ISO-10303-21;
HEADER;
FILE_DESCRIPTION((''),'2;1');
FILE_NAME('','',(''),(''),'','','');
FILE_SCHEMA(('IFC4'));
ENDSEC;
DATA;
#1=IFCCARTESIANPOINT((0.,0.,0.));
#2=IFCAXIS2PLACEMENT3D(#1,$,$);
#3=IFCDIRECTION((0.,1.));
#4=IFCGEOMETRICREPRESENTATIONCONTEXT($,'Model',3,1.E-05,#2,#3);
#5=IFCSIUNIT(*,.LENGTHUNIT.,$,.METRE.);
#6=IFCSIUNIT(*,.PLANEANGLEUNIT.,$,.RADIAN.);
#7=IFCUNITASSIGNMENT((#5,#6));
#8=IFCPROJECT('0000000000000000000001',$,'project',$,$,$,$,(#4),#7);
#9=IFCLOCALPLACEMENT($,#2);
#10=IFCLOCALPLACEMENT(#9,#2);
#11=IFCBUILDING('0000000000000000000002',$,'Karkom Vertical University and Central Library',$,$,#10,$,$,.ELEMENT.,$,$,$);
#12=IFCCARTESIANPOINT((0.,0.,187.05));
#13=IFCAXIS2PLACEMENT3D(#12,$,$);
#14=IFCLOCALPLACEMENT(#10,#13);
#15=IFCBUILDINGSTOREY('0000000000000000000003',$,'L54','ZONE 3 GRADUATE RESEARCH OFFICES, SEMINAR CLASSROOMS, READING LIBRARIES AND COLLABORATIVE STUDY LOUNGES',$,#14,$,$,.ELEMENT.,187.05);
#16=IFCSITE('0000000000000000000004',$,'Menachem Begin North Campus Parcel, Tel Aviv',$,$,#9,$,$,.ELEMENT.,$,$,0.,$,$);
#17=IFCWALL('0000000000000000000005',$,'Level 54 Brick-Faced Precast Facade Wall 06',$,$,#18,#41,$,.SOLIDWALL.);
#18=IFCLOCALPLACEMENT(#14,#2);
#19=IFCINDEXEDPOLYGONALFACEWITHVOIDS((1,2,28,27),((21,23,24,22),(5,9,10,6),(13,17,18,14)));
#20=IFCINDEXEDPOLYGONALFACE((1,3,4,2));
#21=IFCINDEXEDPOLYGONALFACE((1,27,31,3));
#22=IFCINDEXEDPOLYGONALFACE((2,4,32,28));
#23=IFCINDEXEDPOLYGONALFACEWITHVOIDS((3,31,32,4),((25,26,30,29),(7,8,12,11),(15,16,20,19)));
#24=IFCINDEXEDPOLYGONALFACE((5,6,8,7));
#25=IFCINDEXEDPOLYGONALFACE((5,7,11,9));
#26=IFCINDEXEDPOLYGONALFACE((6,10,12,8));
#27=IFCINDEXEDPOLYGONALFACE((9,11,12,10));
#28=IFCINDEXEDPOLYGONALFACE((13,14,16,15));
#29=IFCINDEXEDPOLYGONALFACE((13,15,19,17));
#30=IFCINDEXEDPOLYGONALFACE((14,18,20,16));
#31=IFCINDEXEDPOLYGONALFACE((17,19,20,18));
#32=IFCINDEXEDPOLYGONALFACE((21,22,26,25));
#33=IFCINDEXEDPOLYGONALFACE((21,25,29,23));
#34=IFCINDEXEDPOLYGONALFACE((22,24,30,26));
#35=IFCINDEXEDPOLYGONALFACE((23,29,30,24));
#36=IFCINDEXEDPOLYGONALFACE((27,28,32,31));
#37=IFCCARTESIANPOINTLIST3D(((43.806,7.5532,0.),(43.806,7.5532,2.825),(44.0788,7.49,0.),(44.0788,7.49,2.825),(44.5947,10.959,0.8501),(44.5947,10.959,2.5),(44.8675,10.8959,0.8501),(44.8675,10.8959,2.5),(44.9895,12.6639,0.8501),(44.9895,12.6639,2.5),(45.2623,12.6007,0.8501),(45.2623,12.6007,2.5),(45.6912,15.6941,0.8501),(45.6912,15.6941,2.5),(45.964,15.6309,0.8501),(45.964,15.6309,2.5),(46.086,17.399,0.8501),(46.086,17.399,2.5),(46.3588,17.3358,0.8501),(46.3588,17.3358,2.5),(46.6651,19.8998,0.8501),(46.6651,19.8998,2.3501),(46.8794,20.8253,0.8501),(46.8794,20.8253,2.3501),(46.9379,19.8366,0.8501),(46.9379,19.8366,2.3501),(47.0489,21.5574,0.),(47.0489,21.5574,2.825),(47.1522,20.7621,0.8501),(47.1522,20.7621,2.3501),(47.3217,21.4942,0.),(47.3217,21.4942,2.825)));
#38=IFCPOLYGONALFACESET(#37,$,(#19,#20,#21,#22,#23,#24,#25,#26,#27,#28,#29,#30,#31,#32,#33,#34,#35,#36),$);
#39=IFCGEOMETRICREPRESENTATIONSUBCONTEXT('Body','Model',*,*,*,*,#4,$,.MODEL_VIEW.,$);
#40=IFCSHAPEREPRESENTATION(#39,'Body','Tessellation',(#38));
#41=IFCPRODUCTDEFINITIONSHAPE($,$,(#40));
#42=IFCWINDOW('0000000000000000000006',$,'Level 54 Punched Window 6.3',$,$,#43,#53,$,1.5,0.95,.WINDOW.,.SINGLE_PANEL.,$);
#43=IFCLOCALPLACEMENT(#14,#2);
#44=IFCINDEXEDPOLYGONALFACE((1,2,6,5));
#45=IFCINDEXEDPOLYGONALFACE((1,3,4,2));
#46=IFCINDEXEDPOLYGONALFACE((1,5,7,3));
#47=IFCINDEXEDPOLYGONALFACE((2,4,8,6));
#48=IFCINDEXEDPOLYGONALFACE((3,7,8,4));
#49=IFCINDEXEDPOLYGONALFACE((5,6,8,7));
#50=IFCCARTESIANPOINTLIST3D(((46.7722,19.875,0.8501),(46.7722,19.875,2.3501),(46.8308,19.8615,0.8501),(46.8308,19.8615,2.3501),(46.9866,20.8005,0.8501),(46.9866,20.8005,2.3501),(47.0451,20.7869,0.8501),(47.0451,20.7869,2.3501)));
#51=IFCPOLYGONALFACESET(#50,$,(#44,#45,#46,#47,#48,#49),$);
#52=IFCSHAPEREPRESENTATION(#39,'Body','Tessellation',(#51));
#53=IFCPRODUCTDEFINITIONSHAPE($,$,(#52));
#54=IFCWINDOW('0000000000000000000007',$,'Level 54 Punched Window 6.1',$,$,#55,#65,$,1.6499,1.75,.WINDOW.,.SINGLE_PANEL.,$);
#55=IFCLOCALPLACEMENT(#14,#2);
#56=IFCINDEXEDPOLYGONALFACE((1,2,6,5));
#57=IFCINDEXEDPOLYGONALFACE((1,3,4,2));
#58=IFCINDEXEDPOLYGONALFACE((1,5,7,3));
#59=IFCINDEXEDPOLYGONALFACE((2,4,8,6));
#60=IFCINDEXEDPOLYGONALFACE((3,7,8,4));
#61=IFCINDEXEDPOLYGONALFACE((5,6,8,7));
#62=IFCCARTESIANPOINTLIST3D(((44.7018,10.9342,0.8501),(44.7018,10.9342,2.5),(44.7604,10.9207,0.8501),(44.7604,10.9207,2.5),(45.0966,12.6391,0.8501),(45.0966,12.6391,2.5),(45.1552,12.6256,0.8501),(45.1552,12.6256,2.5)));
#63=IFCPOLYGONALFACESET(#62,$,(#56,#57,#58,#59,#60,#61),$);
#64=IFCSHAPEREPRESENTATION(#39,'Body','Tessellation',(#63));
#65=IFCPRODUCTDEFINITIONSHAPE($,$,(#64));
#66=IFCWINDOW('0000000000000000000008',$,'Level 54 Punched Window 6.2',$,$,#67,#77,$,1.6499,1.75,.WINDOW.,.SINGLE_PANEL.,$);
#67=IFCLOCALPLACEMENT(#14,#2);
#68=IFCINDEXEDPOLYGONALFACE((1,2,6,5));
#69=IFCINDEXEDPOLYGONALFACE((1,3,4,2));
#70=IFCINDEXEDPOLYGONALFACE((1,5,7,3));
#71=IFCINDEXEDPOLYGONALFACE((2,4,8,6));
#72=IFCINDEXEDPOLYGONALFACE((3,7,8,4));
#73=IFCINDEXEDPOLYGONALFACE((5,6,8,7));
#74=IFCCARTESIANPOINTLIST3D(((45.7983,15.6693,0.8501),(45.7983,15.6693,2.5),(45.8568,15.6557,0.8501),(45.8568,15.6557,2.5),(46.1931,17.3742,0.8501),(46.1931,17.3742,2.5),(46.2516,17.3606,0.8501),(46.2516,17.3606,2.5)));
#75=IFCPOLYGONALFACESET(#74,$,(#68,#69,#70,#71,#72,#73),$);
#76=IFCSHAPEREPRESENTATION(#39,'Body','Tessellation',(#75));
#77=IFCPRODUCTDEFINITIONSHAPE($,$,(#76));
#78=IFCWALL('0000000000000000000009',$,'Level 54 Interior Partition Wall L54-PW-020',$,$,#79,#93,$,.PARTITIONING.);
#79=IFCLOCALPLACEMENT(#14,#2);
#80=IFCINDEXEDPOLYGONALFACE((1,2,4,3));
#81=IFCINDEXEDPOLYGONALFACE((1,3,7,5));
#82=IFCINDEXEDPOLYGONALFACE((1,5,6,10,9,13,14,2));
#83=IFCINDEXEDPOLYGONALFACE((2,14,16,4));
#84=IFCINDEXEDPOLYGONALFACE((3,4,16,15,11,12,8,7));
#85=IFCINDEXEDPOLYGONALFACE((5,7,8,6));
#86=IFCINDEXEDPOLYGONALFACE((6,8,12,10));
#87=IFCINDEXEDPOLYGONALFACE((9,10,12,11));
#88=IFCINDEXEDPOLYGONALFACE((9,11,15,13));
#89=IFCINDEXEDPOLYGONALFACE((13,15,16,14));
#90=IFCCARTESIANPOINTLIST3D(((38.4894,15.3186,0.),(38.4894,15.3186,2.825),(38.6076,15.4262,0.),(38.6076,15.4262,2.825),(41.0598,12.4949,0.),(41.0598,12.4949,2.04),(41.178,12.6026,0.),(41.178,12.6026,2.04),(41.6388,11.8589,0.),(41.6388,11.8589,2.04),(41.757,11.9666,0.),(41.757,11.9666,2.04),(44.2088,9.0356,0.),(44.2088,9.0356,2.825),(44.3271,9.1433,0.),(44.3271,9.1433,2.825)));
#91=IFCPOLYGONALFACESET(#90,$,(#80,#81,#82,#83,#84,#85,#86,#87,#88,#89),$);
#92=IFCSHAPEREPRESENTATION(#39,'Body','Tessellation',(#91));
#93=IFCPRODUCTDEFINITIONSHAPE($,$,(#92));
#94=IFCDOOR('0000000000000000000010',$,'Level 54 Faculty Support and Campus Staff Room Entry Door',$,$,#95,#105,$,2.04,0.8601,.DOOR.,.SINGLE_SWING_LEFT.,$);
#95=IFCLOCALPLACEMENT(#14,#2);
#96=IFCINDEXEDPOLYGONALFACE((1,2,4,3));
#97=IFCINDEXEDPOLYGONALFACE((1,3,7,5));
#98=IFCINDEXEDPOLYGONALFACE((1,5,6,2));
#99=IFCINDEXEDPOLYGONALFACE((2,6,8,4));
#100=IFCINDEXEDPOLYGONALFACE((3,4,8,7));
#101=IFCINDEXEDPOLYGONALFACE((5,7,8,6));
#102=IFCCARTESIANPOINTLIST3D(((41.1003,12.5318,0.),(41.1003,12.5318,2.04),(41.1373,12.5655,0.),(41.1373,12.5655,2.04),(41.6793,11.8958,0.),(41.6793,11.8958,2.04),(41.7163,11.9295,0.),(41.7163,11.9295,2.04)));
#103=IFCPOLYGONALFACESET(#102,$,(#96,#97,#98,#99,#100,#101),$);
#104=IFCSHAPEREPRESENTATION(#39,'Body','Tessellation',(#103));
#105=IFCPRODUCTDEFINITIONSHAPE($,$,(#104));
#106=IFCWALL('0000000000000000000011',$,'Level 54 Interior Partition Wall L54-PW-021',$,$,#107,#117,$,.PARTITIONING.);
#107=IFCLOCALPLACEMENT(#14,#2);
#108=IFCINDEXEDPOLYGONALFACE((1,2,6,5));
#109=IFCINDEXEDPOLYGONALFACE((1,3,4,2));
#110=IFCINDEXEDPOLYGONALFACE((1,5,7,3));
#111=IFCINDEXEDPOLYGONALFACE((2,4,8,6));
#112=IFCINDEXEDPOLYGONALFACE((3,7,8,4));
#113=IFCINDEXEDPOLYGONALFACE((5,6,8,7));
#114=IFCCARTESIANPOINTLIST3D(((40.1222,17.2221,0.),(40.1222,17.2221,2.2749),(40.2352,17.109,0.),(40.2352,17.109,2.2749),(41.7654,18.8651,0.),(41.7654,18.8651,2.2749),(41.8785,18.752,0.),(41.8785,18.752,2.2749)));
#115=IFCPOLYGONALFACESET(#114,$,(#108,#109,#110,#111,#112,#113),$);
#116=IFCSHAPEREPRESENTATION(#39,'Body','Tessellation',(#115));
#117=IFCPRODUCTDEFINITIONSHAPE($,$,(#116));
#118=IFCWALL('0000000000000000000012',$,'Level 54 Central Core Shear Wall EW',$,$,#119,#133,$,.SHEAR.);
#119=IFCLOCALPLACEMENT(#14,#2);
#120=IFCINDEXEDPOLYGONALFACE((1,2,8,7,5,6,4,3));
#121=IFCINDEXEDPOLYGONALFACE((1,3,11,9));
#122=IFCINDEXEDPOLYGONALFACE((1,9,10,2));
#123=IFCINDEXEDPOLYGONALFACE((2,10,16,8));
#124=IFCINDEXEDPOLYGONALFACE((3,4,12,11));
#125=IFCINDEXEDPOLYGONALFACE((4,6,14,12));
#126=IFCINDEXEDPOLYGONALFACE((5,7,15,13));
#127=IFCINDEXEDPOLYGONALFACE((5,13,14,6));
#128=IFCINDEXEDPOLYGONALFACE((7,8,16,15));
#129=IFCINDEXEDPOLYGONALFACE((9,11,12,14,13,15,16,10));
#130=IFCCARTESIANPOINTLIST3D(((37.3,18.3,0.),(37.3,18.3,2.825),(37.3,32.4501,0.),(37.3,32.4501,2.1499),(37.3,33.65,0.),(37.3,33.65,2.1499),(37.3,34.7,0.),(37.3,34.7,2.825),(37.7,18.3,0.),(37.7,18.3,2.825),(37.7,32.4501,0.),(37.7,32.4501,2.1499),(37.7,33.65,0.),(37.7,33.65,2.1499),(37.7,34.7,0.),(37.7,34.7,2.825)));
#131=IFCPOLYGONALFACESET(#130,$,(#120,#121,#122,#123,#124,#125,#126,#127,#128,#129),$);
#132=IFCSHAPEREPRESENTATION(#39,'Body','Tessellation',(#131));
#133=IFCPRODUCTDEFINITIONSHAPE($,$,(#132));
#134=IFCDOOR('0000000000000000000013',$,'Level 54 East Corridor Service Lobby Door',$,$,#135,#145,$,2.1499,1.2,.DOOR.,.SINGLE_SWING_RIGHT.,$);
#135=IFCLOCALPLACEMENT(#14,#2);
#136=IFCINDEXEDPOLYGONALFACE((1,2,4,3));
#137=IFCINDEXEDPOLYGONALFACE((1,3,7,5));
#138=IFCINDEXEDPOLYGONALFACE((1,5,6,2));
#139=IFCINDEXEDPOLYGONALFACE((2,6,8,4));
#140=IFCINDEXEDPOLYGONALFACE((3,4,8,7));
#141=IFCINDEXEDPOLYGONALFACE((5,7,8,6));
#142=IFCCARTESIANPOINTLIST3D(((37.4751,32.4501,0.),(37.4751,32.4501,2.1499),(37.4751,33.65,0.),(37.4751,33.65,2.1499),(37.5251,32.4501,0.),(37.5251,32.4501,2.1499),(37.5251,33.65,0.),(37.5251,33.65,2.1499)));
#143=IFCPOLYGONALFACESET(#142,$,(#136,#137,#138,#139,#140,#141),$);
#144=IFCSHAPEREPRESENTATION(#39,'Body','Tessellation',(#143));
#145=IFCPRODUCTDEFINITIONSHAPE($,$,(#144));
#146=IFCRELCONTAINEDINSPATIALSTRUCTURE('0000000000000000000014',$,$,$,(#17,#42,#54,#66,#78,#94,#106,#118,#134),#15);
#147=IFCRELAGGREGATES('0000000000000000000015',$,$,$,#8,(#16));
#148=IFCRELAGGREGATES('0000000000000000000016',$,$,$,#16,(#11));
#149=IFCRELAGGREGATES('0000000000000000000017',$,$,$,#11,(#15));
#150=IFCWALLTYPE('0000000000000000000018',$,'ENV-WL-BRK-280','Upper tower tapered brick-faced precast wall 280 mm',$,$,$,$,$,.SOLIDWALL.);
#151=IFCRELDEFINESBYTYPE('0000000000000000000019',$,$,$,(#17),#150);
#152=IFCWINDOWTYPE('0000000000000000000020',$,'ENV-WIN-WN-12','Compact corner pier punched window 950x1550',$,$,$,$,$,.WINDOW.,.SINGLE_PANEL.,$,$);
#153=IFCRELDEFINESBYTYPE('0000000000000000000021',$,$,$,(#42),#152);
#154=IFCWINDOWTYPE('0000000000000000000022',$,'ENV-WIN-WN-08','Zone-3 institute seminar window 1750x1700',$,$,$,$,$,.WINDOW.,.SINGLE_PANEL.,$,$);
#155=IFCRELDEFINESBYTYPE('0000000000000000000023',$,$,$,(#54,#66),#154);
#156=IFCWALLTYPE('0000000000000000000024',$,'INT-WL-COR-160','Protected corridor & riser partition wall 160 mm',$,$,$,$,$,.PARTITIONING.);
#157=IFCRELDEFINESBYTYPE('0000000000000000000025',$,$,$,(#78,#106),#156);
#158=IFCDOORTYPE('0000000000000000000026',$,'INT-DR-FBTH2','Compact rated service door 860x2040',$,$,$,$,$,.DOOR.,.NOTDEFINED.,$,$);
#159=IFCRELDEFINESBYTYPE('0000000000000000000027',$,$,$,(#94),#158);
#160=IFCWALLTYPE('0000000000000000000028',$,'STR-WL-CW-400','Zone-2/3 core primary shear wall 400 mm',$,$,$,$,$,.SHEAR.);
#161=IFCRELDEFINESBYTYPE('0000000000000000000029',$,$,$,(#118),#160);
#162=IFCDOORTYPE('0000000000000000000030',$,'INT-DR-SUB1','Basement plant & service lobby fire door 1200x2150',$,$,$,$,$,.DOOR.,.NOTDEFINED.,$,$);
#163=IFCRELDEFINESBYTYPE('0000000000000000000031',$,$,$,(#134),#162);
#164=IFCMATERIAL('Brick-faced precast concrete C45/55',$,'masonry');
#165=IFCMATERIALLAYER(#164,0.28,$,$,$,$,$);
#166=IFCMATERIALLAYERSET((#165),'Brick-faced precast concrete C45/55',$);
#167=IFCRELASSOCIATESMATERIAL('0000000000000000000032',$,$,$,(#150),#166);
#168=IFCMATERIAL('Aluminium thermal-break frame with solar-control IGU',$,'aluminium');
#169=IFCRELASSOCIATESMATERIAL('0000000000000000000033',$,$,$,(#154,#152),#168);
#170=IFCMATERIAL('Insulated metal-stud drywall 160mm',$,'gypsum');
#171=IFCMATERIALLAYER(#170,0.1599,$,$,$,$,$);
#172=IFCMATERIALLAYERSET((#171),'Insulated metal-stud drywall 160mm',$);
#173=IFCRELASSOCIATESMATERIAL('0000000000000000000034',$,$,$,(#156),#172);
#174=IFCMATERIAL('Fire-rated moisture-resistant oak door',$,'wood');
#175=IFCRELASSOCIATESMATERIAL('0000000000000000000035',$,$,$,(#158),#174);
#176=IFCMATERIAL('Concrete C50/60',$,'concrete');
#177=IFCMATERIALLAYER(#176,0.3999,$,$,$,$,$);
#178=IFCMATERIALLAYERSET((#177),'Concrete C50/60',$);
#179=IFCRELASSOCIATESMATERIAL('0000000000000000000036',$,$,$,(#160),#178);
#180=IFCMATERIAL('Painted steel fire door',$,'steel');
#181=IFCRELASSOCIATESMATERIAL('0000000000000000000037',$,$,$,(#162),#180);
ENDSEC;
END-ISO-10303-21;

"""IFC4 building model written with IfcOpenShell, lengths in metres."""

from ifc_helpers import new_model, si_unit, direction, frame, frame_2d, origin, origin_with_axes, place, context, subcontext, project, spatial, rectangle, extrude, source, transform, mapped, material, layer, layer_set, type_object, element, fill, save


model = new_model("IFC4")

# Units and contexts
model_context = context("Model", 3, precision=1e-05, world=origin(), true_north=direction((0.0, 1.0)))
body_context = subcontext(model_context, "Body", "Model", "MODEL_VIEW")
ifc_project = project(units=[si_unit("LENGTHUNIT", "METRE"), si_unit("PLANEANGLEUNIT", "RADIAN")], contexts=[model_context])

# Site, building, storey
site_placement = place(None, origin())
site = spatial("IfcSite", under=ifc_project, at=site_placement, Name="Menachem Begin North Campus Parcel, Tel Aviv", CompositionType="ELEMENT", RefElevation=0.0)
building_placement = place(site_placement, origin())
building = spatial("IfcBuilding", under=site, at=building_placement, Name="Karkom Vertical University and Central Library", CompositionType="ELEMENT")
storey_placement = place(building_placement, frame((0.0, 0.0, 187.05)))
storey = spatial("IfcBuildingStorey", under=building, at=storey_placement, Name="L54", Description="ZONE 3 GRADUATE RESEARCH OFFICES, SEMINAR CLASSROOMS, READING LIBRARIES AND COLLABORATIVE STUDY LOUNGES", CompositionType="ELEMENT", Elevation=187.05)

# Shared definitions
ifc_material_1 = material(Name="Concrete C50/60", Category="concrete")

# Wall, openings, windows
ifc_material_2 = material(Name="Brick-faced precast concrete C45/55", Category="masonry")
ifc_layer_1 = layer(ifc_material_2, 0.28)
ifc_layer_set_1 = layer_set([ifc_layer_1], Name="Brick-faced precast concrete C45/55")
wall_type_1 = type_object("IfcWallType", Name="ENV-WL-BRK-280", Description="Upper tower tapered brick-faced precast wall 280 mm", PredefinedType="SOLIDWALL", material=ifc_layer_set_1)
ifc_material_3 = material(Name="Aluminium thermal-break frame with solar-control IGU", Category="aluminium")
window_type_1 = type_object("IfcWindowType", Name="ENV-WIN-WN-08", Description="Zone-3 institute seminar window 1750x1700", PartitioningType="SINGLE_PANEL", PredefinedType="WINDOW", material=ifc_material_3)
shared_shape_1 = source(origin_with_axes(), body_context, "Body", "SweptSolid", [
    extrude(rectangle(XDim=1.75, YDim=1.6499, at=frame_2d((0.875, 0.825))), frame((0.0, 0.03, 0.0), z_axis=(0.0, -1.0, 0.0), x_axis=(1.0, 0.0, 0.0)), (0.0, 0.0, 1.0), 0.0601),
])
wall_1_placement = place(storey_placement, frame((43.9424, 7.5215, 0.0), z_axis=(0.0, 0.0, 1.0), x_axis=(0.225599, 0.97422, 0.0)))
wall_1 = element("IfcWall", 1, at=wall_1_placement, inside=storey, type_object=wall_type_1, Name="Level 54 Brick-Faced Precast Facade Wall 06", PredefinedType="SOLIDWALL", context=body_context, shape_type="SweptSolid", body=[
    extrude(rectangle(XDim=14.3748, YDim=0.28, at=frame_2d((7.1875, 0.0))), origin(), (0.0, 0.0, 1.0), 2.825),
])
opening_1_placement = place(wall_1_placement, frame((3.4961, 0.0, 0.8501)))
opening_1 = element("IfcOpeningElement", 2, at=opening_1_placement, cuts=wall_1, PredefinedType="OPENING", context=body_context, shape_type="SweptSolid", body=[
    extrude(rectangle(XDim=1.75, YDim=1.6499, at=frame_2d((0.875, 0.825))), frame((0.0, 0.1499, 0.0), z_axis=(0.0, -1.0, 0.0), x_axis=(1.0, 0.0, 0.0)), (0.0, 0.0, 1.0), 0.3),
])
opening_2_placement = place(wall_1_placement, frame((8.3564, 0.0, 0.8501)))
opening_2 = element("IfcOpeningElement", 3, at=opening_2_placement, cuts=wall_1, PredefinedType="OPENING", context=body_context, shape_type="SweptSolid", body=[
    extrude(rectangle(XDim=1.75, YDim=1.6499, at=frame_2d((0.875, 0.825))), frame((0.0, 0.1499, 0.0), z_axis=(0.0, -1.0, 0.0), x_axis=(1.0, 0.0, 0.0)), (0.0, 0.0, 1.0), 0.3),
])
opening_3_placement = place(wall_1_placement, frame((12.6733, 0.0, 0.8501)))
opening_3 = element("IfcOpeningElement", 4, at=opening_3_placement, cuts=wall_1, PredefinedType="OPENING", context=body_context, shape_type="SweptSolid", body=[
    extrude(rectangle(XDim=0.95, YDim=1.5, at=frame_2d((0.4751, 0.75))), frame((0.0, 0.1499, 0.0), z_axis=(0.0, -1.0, 0.0), x_axis=(1.0, 0.0, 0.0)), (0.0, 0.0, 1.0), 0.3),
])
window_type_2 = type_object("IfcWindowType", Name="ENV-WIN-WN-12", Description="Compact corner pier punched window 950x1550", PartitioningType="SINGLE_PANEL", PredefinedType="WINDOW", material=ifc_material_3)
shared_shape_2 = source(origin_with_axes(), body_context, "Body", "SweptSolid", [
    extrude(rectangle(XDim=0.95, YDim=1.5, at=frame_2d((0.4751, 0.75))), frame((0.0, 0.03, 0.0), z_axis=(0.0, -1.0, 0.0), x_axis=(1.0, 0.0, 0.0)), (0.0, 0.0, 1.0), 0.0601),
])
window_1_placement = place(opening_3_placement, origin())
window_1 = element("IfcWindow", 5, at=window_1_placement, inside=storey, type_object=window_type_2, Name="Level 54 Punched Window 6.3", OverallHeight=1.5, OverallWidth=0.95, PartitioningType="SINGLE_PANEL", PredefinedType="WINDOW", context=body_context, shape_type="MappedRepresentation", body=[
    mapped(shared_shape_2, transform((0.0, 0.0, 0.0), scale=1.0)),
])
fill(opening_3, window_1)
window_2_placement = place(opening_1_placement, origin())
window_2 = element("IfcWindow", 6, at=window_2_placement, inside=storey, type_object=window_type_1, Name="Level 54 Punched Window 6.1", OverallHeight=1.6499, OverallWidth=1.75, PartitioningType="SINGLE_PANEL", PredefinedType="WINDOW", context=body_context, shape_type="MappedRepresentation", body=[
    mapped(shared_shape_1, transform((0.0, 0.0, 0.0), scale=1.0)),
])
fill(opening_1, window_2)
window_3_placement = place(opening_2_placement, origin())
window_3 = element("IfcWindow", 7, at=window_3_placement, inside=storey, type_object=window_type_1, Name="Level 54 Punched Window 6.2", OverallHeight=1.6499, OverallWidth=1.75, PartitioningType="SINGLE_PANEL", PredefinedType="WINDOW", context=body_context, shape_type="MappedRepresentation", body=[
    mapped(shared_shape_1, transform((0.0, 0.0, 0.0), scale=1.0)),
])
fill(opening_2, window_3)

# Shared definitions
ifc_material_4 = material(Name="Insulated metal-stud drywall 160mm", Category="gypsum")
ifc_layer_2 = layer(ifc_material_4, 0.1599)
ifc_layer_set_2 = layer_set([ifc_layer_2], Name="Insulated metal-stud drywall 160mm")
wall_type_2 = type_object("IfcWallType", Name="INT-WL-COR-160", Description="Protected corridor & riser partition wall 160 mm", PredefinedType="PARTITIONING", material=ifc_layer_set_2)

# Wall, opening, door
wall_2_placement = place(storey_placement, frame((38.5486, 15.3723, 0.0), z_axis=(0.0, 0.0, 1.0), x_axis=(0.673169, -0.739489, 0.0)))
wall_2 = element("IfcWall", 8, at=wall_2_placement, inside=storey, type_object=wall_type_2, Name="Level 54 Interior Partition Wall L54-PW-020", PredefinedType="PARTITIONING", context=body_context, shape_type="SweptSolid", body=[
    extrude(rectangle(XDim=8.4963, YDim=0.1599, at=frame_2d((4.248, 0.0))), origin(), (0.0, 0.0, 1.0), 2.825),
])
opening_4_placement = place(wall_2_placement, frame((3.8181, 0.0, 0.0)))
opening_4 = element("IfcOpeningElement", 9, at=opening_4_placement, cuts=wall_2, PredefinedType="OPENING", context=body_context, shape_type="SweptSolid", body=[
    extrude(rectangle(XDim=0.8601, YDim=2.04, at=frame_2d((0.4302, 1.02))), frame((0.0, 0.0898, 0.0), z_axis=(0.0, -1.0, 0.0), x_axis=(1.0, 0.0, 0.0)), (0.0, 0.0, 1.0), 0.1799),
])
ifc_material_5 = material(Name="Fire-rated moisture-resistant oak door", Category="wood")
door_type_1 = type_object("IfcDoorType", Name="INT-DR-FBTH2", Description="Compact rated service door 860x2040", OperationType="NOTDEFINED", PredefinedType="DOOR", material=ifc_material_5)
shared_shape_3 = source(origin_with_axes(), body_context, "Body", "SweptSolid", [
    extrude(rectangle(XDim=0.8601, YDim=2.04, at=frame_2d((0.4302, 1.02))), frame((0.0, 0.0249, 0.0), z_axis=(0.0, -1.0, 0.0), x_axis=(1.0, 0.0, 0.0)), (0.0, 0.0, 1.0), 0.05),
])
door_1_placement = place(opening_4_placement, origin())
door_1 = element("IfcDoor", 10, at=door_1_placement, inside=storey, type_object=door_type_1, Name="Level 54 Faculty Support and Campus Staff Room Entry Door", OperationType="SINGLE_SWING_LEFT", OverallHeight=2.04, OverallWidth=0.8601, PredefinedType="DOOR", context=body_context, shape_type="MappedRepresentation", body=[
    mapped(shared_shape_3, transform((0.0, 0.0, 0.0), scale=1.0)),
])
fill(opening_4, door_1)

# Wall
wall_3_placement = place(storey_placement, frame((40.1787, 17.1655, 0.0), z_axis=(0.0, 0.0, 1.0), x_axis=(0.707159, 0.707054, 0.0)))
element("IfcWall", 11, at=wall_3_placement, inside=storey, type_object=wall_type_2, Name="Level 54 Interior Partition Wall L54-PW-021", PredefinedType="PARTITIONING", context=body_context, shape_type="SweptSolid", body=[
    extrude(rectangle(XDim=2.3237, YDim=0.1599, at=frame_2d((1.1619, 0.0))), origin(), (0.0, 0.0, 1.0), 2.2749),
])

# Wall, opening, door
ifc_layer_3 = layer(ifc_material_1, 0.3999)
ifc_layer_set_3 = layer_set([ifc_layer_3], Name="Concrete C50/60")
wall_type_3 = type_object("IfcWallType", Name="STR-WL-CW-400", Description="Zone-2/3 core primary shear wall 400 mm", PredefinedType="SHEAR", material=ifc_layer_set_3)
wall_4_placement = place(storey_placement, frame((37.5, 18.3, 0.0), z_axis=(0.0, 0.0, 1.0), x_axis=(0.0, 1.0, 0.0)))
wall_4 = element("IfcWall", 12, at=wall_4_placement, inside=storey, type_object=wall_type_3, Name="Level 54 Central Core Shear Wall EW", PredefinedType="SHEAR", context=body_context, shape_type="SweptSolid", body=[
    extrude(rectangle(XDim=16.3999, YDim=0.3999, at=frame_2d((8.2, 0.0))), origin(), (0.0, 0.0, 1.0), 2.825),
])
opening_5_placement = place(wall_4_placement, frame((14.1499, 0.0, 0.0)))
opening_5 = element("IfcOpeningElement", 13, at=opening_5_placement, cuts=wall_4, PredefinedType="OPENING", context=body_context, shape_type="SweptSolid", body=[
    extrude(rectangle(XDim=1.2, YDim=2.1499, at=frame_2d((0.6001, 1.075))), frame((0.0, 0.21, 0.0), z_axis=(0.0, -1.0, 0.0), x_axis=(1.0, 0.0, 0.0)), (0.0, 0.0, 1.0), 0.4199),
])
ifc_material_6 = material(Name="Painted steel fire door", Category="steel")
door_type_2 = type_object("IfcDoorType", Name="INT-DR-SUB1", Description="Basement plant & service lobby fire door 1200x2150", OperationType="NOTDEFINED", PredefinedType="DOOR", material=ifc_material_6)
shared_shape_4 = source(origin_with_axes(), body_context, "Body", "SweptSolid", [
    extrude(rectangle(XDim=1.2, YDim=2.1499, at=frame_2d((0.6001, 1.075))), frame((0.0, 0.0249, 0.0), z_axis=(0.0, -1.0, 0.0), x_axis=(1.0, 0.0, 0.0)), (0.0, 0.0, 1.0), 0.05),
])
door_2_placement = place(opening_5_placement, origin())
door_2 = element("IfcDoor", 14, at=door_2_placement, inside=storey, type_object=door_type_2, Name="Level 54 East Corridor Service Lobby Door", OperationType="SINGLE_SWING_RIGHT", OverallHeight=2.1499, OverallWidth=1.2, PredefinedType="DOOR", context=body_context, shape_type="MappedRepresentation", body=[
    mapped(shared_shape_4, transform((0.0, 0.0, 0.0), scale=1.0)),
])
fill(opening_5, door_2)

save(model, "model.ifc")
